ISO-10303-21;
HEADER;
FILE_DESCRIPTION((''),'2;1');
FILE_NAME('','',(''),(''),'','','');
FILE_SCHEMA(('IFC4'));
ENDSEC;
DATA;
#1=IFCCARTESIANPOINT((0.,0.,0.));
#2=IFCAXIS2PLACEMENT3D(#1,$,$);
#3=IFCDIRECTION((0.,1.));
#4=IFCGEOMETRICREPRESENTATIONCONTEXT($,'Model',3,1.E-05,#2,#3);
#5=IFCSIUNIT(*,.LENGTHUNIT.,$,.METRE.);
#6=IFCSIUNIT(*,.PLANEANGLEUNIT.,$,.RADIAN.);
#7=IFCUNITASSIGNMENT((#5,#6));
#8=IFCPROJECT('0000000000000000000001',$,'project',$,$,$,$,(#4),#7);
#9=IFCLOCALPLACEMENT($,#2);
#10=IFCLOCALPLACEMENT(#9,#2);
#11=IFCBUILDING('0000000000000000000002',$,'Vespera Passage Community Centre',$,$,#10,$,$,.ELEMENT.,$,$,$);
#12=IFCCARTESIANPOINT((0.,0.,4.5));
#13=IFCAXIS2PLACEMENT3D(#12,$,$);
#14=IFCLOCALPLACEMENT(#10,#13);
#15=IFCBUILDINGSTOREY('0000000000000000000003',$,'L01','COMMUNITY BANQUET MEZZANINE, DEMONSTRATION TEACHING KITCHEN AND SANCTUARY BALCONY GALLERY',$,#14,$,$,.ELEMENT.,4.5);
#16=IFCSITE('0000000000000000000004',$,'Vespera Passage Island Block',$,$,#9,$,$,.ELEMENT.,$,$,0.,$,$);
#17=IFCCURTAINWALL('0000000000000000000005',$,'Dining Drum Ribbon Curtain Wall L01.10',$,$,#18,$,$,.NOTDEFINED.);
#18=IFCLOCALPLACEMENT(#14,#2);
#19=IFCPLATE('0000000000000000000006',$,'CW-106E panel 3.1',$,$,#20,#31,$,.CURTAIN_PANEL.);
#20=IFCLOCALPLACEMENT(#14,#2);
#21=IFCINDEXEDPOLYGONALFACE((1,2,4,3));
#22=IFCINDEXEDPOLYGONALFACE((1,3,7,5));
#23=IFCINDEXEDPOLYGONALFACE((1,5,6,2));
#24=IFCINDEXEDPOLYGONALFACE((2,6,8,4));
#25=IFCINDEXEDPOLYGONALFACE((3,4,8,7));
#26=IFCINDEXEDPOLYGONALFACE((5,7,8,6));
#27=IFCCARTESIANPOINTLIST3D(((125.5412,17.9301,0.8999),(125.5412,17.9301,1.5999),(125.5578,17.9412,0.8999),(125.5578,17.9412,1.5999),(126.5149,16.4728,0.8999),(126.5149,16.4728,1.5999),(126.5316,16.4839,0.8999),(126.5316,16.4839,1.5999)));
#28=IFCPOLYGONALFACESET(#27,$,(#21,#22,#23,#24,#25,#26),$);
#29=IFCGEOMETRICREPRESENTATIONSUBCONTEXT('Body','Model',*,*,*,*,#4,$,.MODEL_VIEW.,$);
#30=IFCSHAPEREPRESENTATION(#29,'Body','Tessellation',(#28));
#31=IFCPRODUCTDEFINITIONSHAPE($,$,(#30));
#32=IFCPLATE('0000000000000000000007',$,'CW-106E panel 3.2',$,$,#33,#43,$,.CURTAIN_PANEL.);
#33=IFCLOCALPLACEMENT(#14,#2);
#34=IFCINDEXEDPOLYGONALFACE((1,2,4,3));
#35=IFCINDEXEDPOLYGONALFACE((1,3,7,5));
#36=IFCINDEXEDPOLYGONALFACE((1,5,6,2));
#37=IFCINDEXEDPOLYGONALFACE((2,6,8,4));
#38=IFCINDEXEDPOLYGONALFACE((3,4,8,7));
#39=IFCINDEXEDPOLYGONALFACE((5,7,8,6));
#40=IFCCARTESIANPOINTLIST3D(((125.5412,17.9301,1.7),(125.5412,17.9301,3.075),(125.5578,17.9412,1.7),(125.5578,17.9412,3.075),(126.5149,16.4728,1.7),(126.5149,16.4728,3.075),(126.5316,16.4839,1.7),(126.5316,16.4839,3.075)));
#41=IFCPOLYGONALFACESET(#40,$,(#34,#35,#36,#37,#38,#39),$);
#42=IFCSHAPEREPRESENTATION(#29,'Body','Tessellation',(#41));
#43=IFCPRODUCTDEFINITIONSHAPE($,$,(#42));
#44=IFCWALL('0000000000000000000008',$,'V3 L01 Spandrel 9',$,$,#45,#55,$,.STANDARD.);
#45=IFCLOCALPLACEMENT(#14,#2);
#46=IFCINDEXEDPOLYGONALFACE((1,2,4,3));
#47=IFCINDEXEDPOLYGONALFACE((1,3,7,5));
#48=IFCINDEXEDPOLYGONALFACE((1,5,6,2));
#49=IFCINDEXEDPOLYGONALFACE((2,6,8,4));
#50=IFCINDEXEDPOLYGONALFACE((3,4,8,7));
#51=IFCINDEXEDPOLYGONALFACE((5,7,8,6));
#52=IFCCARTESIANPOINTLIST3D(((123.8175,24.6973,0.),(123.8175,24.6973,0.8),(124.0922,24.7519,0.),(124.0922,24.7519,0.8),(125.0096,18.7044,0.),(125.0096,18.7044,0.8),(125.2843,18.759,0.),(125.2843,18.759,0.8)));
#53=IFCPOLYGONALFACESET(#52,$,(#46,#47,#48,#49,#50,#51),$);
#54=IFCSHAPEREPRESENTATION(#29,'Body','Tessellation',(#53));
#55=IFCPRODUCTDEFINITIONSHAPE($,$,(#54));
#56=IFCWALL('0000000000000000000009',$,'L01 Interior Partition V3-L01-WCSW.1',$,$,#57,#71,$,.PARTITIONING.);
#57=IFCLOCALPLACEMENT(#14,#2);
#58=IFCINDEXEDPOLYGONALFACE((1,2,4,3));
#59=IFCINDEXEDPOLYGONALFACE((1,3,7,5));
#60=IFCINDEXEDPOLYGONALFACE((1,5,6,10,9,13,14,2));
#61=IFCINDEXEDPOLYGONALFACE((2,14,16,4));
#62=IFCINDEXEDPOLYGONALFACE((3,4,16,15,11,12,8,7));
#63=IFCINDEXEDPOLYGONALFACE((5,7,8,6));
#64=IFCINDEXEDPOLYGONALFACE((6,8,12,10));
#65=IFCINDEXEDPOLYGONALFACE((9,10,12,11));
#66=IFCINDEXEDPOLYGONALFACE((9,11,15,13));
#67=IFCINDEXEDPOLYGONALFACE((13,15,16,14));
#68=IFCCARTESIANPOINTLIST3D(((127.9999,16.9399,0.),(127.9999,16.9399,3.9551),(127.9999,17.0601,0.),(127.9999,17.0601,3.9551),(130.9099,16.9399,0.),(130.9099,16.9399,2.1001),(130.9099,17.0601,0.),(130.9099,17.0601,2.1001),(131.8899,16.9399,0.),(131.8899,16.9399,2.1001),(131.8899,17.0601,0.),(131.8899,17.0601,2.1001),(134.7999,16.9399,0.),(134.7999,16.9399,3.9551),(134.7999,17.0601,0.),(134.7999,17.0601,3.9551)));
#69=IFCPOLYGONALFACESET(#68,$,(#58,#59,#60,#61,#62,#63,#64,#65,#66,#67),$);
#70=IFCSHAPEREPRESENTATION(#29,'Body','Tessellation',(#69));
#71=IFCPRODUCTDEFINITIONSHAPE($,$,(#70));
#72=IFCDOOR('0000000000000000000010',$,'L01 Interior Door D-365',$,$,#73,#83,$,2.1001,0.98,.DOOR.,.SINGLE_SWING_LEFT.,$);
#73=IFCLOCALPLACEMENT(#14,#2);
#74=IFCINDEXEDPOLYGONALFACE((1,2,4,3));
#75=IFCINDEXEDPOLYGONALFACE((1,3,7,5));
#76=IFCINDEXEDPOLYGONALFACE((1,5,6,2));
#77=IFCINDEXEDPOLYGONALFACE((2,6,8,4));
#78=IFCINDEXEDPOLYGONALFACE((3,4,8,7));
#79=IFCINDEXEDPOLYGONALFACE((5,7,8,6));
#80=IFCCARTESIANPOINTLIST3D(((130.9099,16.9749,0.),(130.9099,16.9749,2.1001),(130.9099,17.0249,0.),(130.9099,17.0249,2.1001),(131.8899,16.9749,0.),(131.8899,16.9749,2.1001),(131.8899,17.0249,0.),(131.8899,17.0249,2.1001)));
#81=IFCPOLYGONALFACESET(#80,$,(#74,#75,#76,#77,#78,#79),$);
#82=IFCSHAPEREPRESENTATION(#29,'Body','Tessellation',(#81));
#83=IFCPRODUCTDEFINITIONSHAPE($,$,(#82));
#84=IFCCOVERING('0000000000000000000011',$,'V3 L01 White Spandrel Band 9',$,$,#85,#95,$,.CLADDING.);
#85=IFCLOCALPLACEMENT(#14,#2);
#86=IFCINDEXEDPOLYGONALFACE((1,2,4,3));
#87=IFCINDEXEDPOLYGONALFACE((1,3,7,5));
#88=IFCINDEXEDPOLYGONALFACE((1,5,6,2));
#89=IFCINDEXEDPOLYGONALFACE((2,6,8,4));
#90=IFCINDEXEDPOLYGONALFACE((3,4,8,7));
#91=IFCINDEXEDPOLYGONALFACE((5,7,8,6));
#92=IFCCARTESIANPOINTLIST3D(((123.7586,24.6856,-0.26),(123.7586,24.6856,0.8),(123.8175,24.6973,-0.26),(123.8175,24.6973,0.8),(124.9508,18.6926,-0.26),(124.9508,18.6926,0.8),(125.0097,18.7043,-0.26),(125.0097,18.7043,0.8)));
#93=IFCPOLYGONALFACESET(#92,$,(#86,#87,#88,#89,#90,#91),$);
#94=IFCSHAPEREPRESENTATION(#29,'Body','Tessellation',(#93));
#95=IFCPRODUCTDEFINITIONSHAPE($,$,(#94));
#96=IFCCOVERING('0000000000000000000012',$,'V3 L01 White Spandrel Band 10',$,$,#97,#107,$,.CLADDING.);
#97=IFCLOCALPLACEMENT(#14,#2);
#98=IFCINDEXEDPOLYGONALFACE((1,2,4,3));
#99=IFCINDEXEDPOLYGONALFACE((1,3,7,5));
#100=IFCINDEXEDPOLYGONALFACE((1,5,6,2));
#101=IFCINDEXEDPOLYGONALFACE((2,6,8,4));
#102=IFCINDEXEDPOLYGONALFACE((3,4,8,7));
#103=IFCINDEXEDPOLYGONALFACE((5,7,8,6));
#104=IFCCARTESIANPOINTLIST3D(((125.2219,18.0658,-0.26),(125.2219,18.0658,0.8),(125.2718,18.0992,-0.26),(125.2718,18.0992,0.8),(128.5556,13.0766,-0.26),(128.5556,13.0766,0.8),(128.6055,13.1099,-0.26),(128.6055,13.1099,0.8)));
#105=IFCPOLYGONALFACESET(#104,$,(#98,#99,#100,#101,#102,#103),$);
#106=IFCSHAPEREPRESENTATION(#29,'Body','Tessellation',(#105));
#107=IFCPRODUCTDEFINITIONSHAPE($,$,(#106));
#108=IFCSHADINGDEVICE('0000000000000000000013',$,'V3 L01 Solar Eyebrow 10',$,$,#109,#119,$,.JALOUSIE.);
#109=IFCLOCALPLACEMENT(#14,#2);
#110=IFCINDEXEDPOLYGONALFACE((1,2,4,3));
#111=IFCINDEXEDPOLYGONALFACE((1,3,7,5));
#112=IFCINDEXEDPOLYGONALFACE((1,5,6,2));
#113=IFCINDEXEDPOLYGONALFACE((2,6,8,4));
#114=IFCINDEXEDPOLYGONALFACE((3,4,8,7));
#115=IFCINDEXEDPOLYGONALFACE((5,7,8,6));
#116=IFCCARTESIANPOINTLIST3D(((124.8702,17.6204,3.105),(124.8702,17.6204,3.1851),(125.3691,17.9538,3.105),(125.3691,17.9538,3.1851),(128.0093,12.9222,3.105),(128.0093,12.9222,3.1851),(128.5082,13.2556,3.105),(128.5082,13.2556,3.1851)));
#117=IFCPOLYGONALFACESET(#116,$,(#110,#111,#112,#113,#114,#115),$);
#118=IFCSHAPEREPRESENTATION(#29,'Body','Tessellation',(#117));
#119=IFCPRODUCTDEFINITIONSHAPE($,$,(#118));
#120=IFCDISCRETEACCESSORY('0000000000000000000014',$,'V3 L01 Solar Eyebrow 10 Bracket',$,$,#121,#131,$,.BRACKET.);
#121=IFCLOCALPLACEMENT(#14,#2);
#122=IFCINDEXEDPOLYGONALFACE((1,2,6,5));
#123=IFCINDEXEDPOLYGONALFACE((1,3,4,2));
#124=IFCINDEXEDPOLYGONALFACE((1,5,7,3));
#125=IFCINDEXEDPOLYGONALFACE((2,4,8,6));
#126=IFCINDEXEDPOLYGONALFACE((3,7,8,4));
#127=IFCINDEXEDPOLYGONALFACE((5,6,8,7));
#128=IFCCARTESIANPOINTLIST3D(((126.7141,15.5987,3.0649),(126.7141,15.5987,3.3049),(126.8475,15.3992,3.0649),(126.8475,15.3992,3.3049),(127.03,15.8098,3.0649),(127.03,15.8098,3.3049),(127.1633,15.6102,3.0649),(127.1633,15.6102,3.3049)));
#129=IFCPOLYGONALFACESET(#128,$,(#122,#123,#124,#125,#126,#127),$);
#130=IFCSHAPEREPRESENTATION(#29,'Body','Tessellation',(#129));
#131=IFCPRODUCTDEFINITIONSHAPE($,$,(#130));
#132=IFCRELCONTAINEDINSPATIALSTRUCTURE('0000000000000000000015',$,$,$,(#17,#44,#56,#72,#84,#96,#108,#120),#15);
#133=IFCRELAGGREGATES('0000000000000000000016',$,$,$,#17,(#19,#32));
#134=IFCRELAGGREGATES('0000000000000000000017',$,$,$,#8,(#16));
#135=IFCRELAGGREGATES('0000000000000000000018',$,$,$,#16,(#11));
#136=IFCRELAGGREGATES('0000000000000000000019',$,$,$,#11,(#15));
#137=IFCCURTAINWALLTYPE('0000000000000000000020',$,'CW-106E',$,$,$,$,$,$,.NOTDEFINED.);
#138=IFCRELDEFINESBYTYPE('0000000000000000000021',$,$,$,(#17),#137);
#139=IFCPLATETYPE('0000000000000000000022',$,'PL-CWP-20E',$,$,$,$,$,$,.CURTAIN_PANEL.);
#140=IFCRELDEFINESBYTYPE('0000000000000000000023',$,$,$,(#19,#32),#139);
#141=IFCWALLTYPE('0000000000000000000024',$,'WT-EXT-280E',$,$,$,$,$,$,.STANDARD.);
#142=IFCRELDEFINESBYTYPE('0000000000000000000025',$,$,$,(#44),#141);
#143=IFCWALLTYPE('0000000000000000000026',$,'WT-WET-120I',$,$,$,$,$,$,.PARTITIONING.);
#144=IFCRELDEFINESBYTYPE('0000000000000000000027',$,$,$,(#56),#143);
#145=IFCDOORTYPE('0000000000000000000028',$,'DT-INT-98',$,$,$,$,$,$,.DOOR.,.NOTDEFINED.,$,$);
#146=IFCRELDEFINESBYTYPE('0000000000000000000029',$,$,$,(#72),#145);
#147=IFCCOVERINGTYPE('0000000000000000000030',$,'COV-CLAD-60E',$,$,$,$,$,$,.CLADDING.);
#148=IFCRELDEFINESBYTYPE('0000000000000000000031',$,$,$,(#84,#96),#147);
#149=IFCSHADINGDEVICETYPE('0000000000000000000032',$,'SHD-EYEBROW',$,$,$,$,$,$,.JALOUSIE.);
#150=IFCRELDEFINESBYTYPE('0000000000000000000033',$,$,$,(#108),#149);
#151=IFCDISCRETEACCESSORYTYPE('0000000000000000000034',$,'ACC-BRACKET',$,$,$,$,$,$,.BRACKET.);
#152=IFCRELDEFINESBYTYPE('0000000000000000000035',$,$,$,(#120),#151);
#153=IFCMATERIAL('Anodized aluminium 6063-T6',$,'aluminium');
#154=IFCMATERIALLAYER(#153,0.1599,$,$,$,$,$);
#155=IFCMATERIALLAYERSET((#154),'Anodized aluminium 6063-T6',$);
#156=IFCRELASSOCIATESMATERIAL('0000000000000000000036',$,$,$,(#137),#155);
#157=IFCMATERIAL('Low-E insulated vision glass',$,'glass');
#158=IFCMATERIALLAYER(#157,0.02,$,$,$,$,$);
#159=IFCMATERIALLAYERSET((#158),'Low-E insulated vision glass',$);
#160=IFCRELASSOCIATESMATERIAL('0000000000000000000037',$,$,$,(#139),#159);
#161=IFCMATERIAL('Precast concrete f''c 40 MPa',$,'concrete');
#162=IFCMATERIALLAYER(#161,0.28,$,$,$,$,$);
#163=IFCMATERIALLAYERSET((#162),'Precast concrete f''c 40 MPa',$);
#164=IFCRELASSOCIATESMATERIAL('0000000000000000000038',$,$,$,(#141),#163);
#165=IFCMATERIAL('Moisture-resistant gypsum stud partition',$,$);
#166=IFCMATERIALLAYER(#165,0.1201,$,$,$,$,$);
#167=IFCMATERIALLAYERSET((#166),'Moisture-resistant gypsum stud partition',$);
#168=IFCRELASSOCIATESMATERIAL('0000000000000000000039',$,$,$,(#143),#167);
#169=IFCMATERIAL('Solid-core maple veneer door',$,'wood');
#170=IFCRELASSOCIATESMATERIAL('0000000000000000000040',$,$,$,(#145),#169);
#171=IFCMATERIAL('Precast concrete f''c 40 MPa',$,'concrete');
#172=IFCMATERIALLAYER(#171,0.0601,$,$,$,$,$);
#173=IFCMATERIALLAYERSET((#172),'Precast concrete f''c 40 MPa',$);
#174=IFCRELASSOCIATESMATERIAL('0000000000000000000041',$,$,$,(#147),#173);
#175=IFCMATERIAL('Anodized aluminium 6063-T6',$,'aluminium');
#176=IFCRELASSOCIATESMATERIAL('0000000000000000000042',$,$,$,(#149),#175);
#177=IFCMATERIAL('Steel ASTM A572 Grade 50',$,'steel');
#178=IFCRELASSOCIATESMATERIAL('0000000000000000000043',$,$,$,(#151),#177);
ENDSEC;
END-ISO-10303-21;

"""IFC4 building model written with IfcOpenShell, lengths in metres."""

from ifc_helpers import new_model, si_unit, direction, frame, frame_2d, origin, origin_2d, place, context, subcontext, project, spatial, rectangle, extrude, material, layer, layer_set, type_object, element, fill, aggregate, save


model = new_model("IFC4")

# Units and contexts
model_context = context("Model", 3, precision=1e-05, world=origin(), true_north=direction((0.0, 1.0)))
body_context = subcontext(model_context, "Body", "Model", "MODEL_VIEW")
ifc_project = project(units=[si_unit("LENGTHUNIT", "METRE"), si_unit("PLANEANGLEUNIT", "RADIAN")], contexts=[model_context])

# Site, building, storey
site_placement = place(None, origin())
site = spatial("IfcSite", under=ifc_project, at=site_placement, Name="Vespera Passage Island Block", CompositionType="ELEMENT", RefElevation=0.0)
building_placement = place(site_placement, origin())
building = spatial("IfcBuilding", under=site, at=building_placement, Name="Vespera Passage Community Centre", CompositionType="ELEMENT")
storey_placement = place(building_placement, frame((0.0, 0.0, 4.5)))
storey = spatial("IfcBuildingStorey", under=building, at=storey_placement, Name="L01", Description="COMMUNITY BANQUET MEZZANINE, DEMONSTRATION TEACHING KITCHEN AND SANCTUARY BALCONY GALLERY", CompositionType="ELEMENT", Elevation=4.5)

# Curtain wall
ifc_material_1 = material(Name="Anodized aluminium 6063-T6", Category="aluminium")
ifc_layer_1 = layer(ifc_material_1, 0.1599)
ifc_layer_set_1 = layer_set([ifc_layer_1], Name="Anodized aluminium 6063-T6")
curtain_wall_type_1 = type_object("IfcCurtainWallType", Name="CW-106E", PredefinedType="NOTDEFINED", material=ifc_layer_set_1)
curtain_wall_1_placement = place(storey_placement, origin())
curtain_wall_1 = element("IfcCurtainWall", 1, at=curtain_wall_1_placement, inside=storey, type_object=curtain_wall_type_1, Name="Dining Drum Ribbon Curtain Wall L01.10", PredefinedType="NOTDEFINED")

# Plates
ifc_material_2 = material(Name="Low-E insulated vision glass", Category="glass")
ifc_layer_2 = layer(ifc_material_2, 0.02)
ifc_layer_set_2 = layer_set([ifc_layer_2], Name="Low-E insulated vision glass")
plate_type = type_object("IfcPlateType", Name="PL-CWP-20E", PredefinedType="CURTAIN_PANEL", material=ifc_layer_set_2)
plate_1_placement = place(storey_placement, frame((126.0364, 17.207, 0.8999), z_axis=(0.0, 0.0, 1.0), x_axis=(-0.555565, 0.831473, 0.0)))
plate_1 = element("IfcPlate", 2, at=plate_1_placement, type_object=plate_type, Name="CW-106E panel 3.1", PredefinedType="CURTAIN_PANEL", context=body_context, shape_type="SweptSolid", body=[
    extrude(rectangle(XDim=1.7527, YDim=0.02, at=origin_2d()), origin(), (0.0, 0.0, 1.0), 0.7),
])
plate_2_placement = place(storey_placement, frame((126.0364, 17.207, 1.7), z_axis=(0.0, 0.0, 1.0), x_axis=(-0.555565, 0.831473, 0.0)))
plate_2 = element("IfcPlate", 3, at=plate_2_placement, type_object=plate_type, Name="CW-106E panel 3.2", PredefinedType="CURTAIN_PANEL", context=body_context, shape_type="SweptSolid", body=[
    extrude(rectangle(XDim=1.7527, YDim=0.02, at=origin_2d()), origin(), (0.0, 0.0, 1.0), 1.375),
])
aggregate(curtain_wall_1, [plate_1, plate_2])

# Wall
ifc_material_3 = material(Name="Precast concrete f'c 40 MPa", Category="concrete")
ifc_layer_3 = layer(ifc_material_3, 0.28)
ifc_layer_set_3 = layer_set([ifc_layer_3], Name="Precast concrete f'c 40 MPa")
wall_type_1 = type_object("IfcWallType", Name="WT-EXT-280E", PredefinedType="STANDARD", material=ifc_layer_set_3)
wall_1_placement = place(storey_placement, frame((125.147, 18.7317, 0.0), z_axis=(0.0, 0.0, 1.0), x_axis=(-0.195102, 0.980783, 0.0)))
element("IfcWall", 4, at=wall_1_placement, inside=storey, type_object=wall_type_1, Name="V3 L01 Spandrel 9", PredefinedType="STANDARD", context=body_context, shape_type="SweptSolid", body=[
    extrude(rectangle(XDim=6.1104, YDim=0.28, at=frame_2d((3.0552, 0.0))), origin(), (0.0, 0.0, 1.0), 0.8),
])

# Wall, opening, door
ifc_material_4 = material(Name="Moisture-resistant gypsum stud partition")
ifc_layer_4 = layer(ifc_material_4, 0.1201)
ifc_layer_set_4 = layer_set([ifc_layer_4], Name="Moisture-resistant gypsum stud partition")
wall_type_2 = type_object("IfcWallType", Name="WT-WET-120I", PredefinedType="PARTITIONING", material=ifc_layer_set_4)
wall_2_placement = place(storey_placement, frame((128.0, 17.0, 0.0), z_axis=(0.0, 0.0, 1.0), x_axis=(1.0, 0.0, 0.0)))
wall_2 = element("IfcWall", 5, at=wall_2_placement, inside=storey, type_object=wall_type_2, Name="L01 Interior Partition V3-L01-WCSW.1", PredefinedType="PARTITIONING", context=body_context, shape_type="SweptSolid", body=[
    extrude(rectangle(XDim=6.8, YDim=0.1201, at=frame_2d((3.3999, 0.0))), origin(), (0.0, 0.0, 1.0), 3.9551),
])
opening_placement = place(wall_2_placement, frame((2.9099, 0.0, 0.0)))
opening = element("IfcOpeningElement", 6, at=opening_placement, cuts=wall_2, PredefinedType="OPENING", context=body_context, shape_type="SweptSolid", body=[
    extrude(rectangle(XDim=0.98, YDim=2.1001, at=frame_2d((0.49, 1.05))), frame((0.0, 0.0701, 0.0), z_axis=(0.0, -1.0, 0.0), x_axis=(1.0, 0.0, 0.0)), (0.0, 0.0, 1.0), 0.1401),
])
ifc_material_5 = material(Name="Solid-core maple veneer door", Category="wood")
door_type = type_object("IfcDoorType", Name="DT-INT-98", OperationType="NOTDEFINED", PredefinedType="DOOR", material=ifc_material_5)
door_placement = place(opening_placement, origin())
door = element("IfcDoor", 7, at=door_placement, inside=storey, type_object=door_type, Name="L01 Interior Door D-365", OperationType="SINGLE_SWING_LEFT", OverallHeight=2.1001, OverallWidth=0.98, PredefinedType="DOOR", context=body_context, shape_type="SweptSolid", body=[
    extrude(rectangle(XDim=0.98, YDim=2.1001, at=frame_2d((0.49, 1.05))), frame((0.0, 0.0249, 0.0), z_axis=(0.0, -1.0, 0.0), x_axis=(1.0, 0.0, 0.0)), (0.0, 0.0, 1.0), 0.05),
])
fill(opening, door)

# Coverings
ifc_material_6 = material(Name="Precast concrete f'c 40 MPa", Category="concrete")
ifc_layer_5 = layer(ifc_material_6, 0.0601)
ifc_layer_set_5 = layer_set([ifc_layer_5], Name="Precast concrete f'c 40 MPa")
covering_type = type_object("IfcCoveringType", Name="COV-CLAD-60E", PredefinedType="CLADDING", material=ifc_layer_set_5)
covering_1_placement = place(storey_placement, frame((124.9802, 18.6985, -0.26), z_axis=(0.0, 0.0, 1.0), x_axis=(-0.195102, 0.980783, 0.0)))
element("IfcCovering", 8, at=covering_1_placement, inside=storey, type_object=covering_type, Name="V3 L01 White Spandrel Band 9", PredefinedType="CLADDING", context=body_context, shape_type="SweptSolid", body=[
    extrude(rectangle(XDim=6.1104, YDim=0.0601, at=frame_2d((3.0552, 0.0))), origin(), (0.0, 0.0, 1.0), 1.0601),
])
covering_2_placement = place(storey_placement, frame((128.5806, 13.0933, -0.26), z_axis=(0.0, 0.0, 1.0), x_axis=(-0.555573, 0.831468, 0.0)))
element("IfcCovering", 9, at=covering_2_placement, inside=storey, type_object=covering_type, Name="V3 L01 White Spandrel Band 10", PredefinedType="CLADDING", context=body_context, shape_type="SweptSolid", body=[
    extrude(rectangle(XDim=6.0005, YDim=0.0601, at=frame_2d((3.0002, 0.0))), origin(), (0.0, 0.0, 1.0), 1.0601),
])

# Shading device
ifc_material_7 = material(Name="Anodized aluminium 6063-T6", Category="aluminium")
shading_device_type = type_object("IfcShadingDeviceType", Name="SHD-EYEBROW", PredefinedType="JALOUSIE", material=ifc_material_7)
shading_device_placement = place(storey_placement, frame((126.6892, 15.438, 3.105), z_axis=(0.0, 0.0, 1.0), x_axis=(-0.555556, 0.831479, 0.0)))
element("IfcShadingDevice", 10, at=shading_device_placement, inside=storey, type_object=shading_device_type, Name="V3 L01 Solar Eyebrow 10", PredefinedType="JALOUSIE", context=body_context, shape_type="SweptSolid", body=[
    extrude(rectangle(XDim=5.6504, YDim=0.6001, at=origin_2d()), origin(), (0.0, 0.0, 1.0), 0.0801),
])

# Discrete accessory
ifc_material_8 = material(Name="Steel ASTM A572 Grade 50", Category="steel")
discrete_accessory_type = type_object("IfcDiscreteAccessoryType", Name="ACC-BRACKET", PredefinedType="BRACKET", material=ifc_material_8)
discrete_accessory_placement = place(storey_placement, frame((126.9387, 15.6045, 3.0649), z_axis=(0.0, 0.0, 1.0), x_axis=(-0.555556, 0.831479, 0.0)))
element("IfcDiscreteAccessory", 11, at=discrete_accessory_placement, inside=storey, type_object=discrete_accessory_type, Name="V3 L01 Solar Eyebrow 10 Bracket", PredefinedType="BRACKET", context=body_context, shape_type="SweptSolid", body=[
    extrude(rectangle(XDim=0.24, YDim=0.3799, at=origin_2d()), origin(), (0.0, 0.0, 1.0), 0.24),
])

save(model, "model.ifc")
